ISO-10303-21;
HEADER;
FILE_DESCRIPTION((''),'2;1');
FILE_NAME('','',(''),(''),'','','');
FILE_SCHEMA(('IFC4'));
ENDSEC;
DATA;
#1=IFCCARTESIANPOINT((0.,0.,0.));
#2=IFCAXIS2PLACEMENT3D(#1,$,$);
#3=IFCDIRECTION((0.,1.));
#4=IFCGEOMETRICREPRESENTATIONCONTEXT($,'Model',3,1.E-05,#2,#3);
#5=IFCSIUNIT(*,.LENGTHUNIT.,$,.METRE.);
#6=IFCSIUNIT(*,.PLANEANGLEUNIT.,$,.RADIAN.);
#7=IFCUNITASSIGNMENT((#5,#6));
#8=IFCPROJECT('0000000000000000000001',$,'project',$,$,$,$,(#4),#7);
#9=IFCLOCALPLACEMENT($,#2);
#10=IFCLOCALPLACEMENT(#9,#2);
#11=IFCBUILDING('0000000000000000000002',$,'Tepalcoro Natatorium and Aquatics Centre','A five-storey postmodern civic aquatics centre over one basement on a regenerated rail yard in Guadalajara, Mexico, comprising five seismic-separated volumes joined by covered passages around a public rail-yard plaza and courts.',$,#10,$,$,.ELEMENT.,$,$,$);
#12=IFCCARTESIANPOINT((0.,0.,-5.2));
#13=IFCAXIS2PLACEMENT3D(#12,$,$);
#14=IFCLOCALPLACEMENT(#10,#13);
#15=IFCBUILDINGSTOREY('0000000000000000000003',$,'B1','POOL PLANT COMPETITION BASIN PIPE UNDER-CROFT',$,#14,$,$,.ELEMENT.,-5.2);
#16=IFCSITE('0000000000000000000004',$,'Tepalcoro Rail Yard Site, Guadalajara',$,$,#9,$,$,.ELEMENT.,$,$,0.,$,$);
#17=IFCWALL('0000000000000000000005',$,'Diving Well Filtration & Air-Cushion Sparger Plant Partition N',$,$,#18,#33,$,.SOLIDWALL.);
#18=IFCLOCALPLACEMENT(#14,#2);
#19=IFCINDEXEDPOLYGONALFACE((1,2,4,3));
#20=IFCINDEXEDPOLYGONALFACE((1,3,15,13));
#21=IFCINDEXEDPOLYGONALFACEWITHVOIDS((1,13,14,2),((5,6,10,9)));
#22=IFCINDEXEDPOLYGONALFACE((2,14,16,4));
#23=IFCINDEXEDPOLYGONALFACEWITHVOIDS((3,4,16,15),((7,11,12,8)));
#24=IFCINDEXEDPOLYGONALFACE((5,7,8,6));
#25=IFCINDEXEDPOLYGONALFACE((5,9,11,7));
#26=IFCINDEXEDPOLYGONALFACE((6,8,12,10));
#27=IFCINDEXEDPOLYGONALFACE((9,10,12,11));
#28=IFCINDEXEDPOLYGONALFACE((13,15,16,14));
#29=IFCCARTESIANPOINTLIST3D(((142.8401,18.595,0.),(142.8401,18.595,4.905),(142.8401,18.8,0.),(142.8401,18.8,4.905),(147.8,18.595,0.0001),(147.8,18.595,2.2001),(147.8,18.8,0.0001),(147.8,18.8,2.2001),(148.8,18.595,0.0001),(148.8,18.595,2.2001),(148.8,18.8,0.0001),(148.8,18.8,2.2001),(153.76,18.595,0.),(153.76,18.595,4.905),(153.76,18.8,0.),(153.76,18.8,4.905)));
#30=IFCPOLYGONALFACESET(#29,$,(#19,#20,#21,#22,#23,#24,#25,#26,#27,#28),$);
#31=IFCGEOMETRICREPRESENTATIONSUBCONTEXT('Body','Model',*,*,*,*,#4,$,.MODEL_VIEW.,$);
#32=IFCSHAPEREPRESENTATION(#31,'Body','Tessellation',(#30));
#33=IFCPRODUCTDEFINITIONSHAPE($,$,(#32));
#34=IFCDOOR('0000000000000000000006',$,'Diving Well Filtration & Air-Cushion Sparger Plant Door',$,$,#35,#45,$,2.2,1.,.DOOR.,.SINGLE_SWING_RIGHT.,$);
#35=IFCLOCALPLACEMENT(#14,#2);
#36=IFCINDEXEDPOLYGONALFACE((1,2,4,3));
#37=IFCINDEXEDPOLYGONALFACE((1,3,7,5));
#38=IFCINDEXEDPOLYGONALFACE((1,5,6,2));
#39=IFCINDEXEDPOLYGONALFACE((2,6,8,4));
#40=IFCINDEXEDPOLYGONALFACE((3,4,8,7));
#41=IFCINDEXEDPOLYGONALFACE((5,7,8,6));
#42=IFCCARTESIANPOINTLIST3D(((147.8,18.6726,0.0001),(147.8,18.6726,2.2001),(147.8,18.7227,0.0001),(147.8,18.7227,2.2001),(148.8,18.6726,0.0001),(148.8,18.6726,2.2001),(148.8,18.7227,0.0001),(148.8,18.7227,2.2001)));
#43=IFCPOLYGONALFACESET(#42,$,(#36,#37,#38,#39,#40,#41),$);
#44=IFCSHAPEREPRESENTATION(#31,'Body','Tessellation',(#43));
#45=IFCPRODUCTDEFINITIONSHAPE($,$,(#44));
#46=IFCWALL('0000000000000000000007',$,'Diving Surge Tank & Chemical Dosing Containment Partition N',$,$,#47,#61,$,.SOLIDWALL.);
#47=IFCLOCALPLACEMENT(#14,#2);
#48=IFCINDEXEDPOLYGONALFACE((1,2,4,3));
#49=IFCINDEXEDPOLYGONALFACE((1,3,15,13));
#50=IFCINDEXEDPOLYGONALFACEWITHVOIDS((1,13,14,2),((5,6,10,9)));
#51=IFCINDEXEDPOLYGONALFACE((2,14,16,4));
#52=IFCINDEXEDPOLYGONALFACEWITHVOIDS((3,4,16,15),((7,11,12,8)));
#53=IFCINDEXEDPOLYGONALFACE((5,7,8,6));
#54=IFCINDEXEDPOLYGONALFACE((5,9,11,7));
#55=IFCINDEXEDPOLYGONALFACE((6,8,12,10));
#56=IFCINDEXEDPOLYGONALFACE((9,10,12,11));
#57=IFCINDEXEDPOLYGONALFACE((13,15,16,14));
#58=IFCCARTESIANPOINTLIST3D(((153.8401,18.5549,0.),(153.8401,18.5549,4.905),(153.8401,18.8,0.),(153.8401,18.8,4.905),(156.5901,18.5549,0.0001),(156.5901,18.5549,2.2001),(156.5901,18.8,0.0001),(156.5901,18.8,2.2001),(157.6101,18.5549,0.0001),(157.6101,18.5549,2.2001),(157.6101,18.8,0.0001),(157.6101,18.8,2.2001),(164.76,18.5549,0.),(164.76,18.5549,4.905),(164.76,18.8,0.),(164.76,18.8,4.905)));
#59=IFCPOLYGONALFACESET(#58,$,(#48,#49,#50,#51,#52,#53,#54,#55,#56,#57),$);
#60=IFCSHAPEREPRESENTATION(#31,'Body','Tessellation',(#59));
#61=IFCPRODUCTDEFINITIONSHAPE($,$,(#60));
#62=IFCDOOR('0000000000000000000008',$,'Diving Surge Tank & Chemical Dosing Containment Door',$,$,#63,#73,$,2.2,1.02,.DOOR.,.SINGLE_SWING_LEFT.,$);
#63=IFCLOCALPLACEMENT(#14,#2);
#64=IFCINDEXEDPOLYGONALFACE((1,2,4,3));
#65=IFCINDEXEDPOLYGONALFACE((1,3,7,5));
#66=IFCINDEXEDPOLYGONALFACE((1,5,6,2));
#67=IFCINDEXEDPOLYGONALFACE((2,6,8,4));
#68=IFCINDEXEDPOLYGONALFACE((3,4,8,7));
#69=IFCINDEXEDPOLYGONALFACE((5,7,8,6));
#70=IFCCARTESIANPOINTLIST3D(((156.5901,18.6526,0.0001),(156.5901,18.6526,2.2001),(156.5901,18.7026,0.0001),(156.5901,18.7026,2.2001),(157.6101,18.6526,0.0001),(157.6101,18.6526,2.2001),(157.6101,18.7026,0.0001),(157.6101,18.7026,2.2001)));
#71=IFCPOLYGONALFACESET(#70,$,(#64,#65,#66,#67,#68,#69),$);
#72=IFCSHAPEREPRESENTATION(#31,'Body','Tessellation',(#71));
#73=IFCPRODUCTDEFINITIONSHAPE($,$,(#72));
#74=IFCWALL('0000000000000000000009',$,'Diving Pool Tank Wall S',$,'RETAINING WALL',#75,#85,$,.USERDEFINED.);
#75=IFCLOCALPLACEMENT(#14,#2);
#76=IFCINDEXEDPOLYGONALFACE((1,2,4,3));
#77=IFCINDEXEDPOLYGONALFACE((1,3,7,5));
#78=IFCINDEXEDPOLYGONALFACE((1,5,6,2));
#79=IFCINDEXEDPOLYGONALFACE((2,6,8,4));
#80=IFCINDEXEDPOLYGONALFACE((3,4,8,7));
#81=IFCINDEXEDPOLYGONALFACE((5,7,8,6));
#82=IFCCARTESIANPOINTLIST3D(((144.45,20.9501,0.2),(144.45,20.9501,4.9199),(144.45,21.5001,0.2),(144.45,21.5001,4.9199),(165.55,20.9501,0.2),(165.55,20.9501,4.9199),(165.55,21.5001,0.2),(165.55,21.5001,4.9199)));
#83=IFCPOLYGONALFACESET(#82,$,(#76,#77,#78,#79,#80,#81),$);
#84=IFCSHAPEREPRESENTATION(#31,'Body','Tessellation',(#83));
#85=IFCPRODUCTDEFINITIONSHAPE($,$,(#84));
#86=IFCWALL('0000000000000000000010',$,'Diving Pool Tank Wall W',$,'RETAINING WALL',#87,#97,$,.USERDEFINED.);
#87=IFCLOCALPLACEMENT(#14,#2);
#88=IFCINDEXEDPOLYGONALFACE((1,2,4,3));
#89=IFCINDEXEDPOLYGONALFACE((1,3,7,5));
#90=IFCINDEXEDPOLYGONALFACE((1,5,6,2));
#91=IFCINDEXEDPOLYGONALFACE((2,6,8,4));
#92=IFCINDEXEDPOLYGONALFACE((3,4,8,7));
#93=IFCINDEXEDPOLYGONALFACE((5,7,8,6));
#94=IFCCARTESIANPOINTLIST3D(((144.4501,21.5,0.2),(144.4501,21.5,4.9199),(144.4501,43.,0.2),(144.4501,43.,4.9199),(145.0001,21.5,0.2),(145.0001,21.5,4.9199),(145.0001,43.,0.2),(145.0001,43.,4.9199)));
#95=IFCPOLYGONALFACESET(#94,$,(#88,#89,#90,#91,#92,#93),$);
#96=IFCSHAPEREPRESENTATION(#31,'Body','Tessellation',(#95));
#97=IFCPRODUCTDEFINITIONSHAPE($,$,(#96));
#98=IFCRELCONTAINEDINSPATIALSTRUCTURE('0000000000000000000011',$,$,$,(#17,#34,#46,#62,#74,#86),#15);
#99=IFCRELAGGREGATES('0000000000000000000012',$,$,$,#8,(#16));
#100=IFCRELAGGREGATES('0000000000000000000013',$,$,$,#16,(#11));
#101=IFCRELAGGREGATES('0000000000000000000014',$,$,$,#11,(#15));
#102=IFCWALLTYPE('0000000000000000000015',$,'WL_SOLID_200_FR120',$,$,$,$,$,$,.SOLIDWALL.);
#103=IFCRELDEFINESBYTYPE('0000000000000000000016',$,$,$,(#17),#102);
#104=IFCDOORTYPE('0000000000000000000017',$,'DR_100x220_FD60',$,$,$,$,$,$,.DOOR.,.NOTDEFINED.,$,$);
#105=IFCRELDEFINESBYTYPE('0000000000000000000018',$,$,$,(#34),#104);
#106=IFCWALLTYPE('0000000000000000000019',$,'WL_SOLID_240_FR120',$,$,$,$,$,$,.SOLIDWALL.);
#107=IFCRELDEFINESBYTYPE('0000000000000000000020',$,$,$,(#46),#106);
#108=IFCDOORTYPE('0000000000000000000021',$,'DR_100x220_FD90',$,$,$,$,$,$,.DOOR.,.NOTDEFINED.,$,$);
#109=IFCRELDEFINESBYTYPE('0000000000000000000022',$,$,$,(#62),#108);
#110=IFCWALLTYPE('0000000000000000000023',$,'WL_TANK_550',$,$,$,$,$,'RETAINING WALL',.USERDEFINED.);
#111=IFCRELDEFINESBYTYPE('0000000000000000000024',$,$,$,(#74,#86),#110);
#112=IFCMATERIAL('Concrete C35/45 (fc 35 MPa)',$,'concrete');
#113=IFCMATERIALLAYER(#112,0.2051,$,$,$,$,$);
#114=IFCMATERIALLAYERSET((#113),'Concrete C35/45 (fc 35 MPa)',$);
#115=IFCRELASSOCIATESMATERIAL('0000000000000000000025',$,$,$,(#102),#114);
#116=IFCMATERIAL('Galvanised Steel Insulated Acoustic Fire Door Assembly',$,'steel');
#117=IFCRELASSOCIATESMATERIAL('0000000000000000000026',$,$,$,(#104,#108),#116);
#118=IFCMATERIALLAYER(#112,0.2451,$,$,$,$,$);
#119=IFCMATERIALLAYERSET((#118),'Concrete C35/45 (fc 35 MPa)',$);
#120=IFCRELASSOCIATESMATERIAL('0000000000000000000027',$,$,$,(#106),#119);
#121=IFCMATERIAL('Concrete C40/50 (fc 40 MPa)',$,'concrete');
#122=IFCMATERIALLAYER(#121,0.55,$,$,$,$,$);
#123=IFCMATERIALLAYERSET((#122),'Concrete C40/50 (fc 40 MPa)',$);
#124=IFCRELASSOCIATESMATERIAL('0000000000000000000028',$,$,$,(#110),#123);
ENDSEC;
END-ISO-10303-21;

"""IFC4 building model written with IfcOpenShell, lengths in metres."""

from ifc_helpers import new_model, si_unit, direction, frame, frame_2d, origin, place, context, subcontext, project, spatial, rectangle, extrude, material, layer, layer_set, type_object, element, fill, save


model = new_model("IFC4")

# Units and contexts
model_context = context("Model", 3, precision=1e-05, world=origin(), true_north=direction((0.0, 1.0)))
body_context = subcontext(model_context, "Body", "Model", "MODEL_VIEW")
ifc_project = project(units=[si_unit("LENGTHUNIT", "METRE"), si_unit("PLANEANGLEUNIT", "RADIAN")], contexts=[model_context])

# Site, building, storey
site_placement = place(None, origin())
site = spatial("IfcSite", under=ifc_project, at=site_placement, Name="Tepalcoro Rail Yard Site, Guadalajara", CompositionType="ELEMENT", RefElevation=0.0)
building_placement = place(site_placement, origin())
building = spatial("IfcBuilding", under=site, at=building_placement, Name="Tepalcoro Natatorium and Aquatics Centre", Description="A five-storey postmodern civic aquatics centre over one basement on a regenerated rail yard in Guadalajara, Mexico, comprising five seismic-separated volumes joined by covered passages around a public rail-yard plaza and courts.", CompositionType="ELEMENT")
storey_placement = place(building_placement, frame((0.0, 0.0, -5.2)))
storey = spatial("IfcBuildingStorey", under=building, at=storey_placement, Name="B1", Description="POOL PLANT COMPETITION BASIN PIPE UNDER-CROFT", CompositionType="ELEMENT", Elevation=-5.2)

# Shared definitions
ifc_material_1 = material(Name="Concrete C40/50 (fc 40 MPa)", Category="concrete")

# Walls, openings, doors
ifc_material_2 = material(Name="Concrete C35/45 (fc 35 MPa)", Category="concrete")
ifc_layer_1 = layer(ifc_material_2, 0.2051)
ifc_layer_set_1 = layer_set([ifc_layer_1], Name="Concrete C35/45 (fc 35 MPa)")
wall_type_1 = type_object("IfcWallType", Name="WL_SOLID_200_FR120", PredefinedType="SOLIDWALL", material=ifc_layer_set_1)
wall_1_placement = place(storey_placement, frame((142.8401, 18.6975, 0.0), z_axis=(0.0, 0.0, 1.0), x_axis=(1.0, 0.0, 0.0)))
wall_1 = element("IfcWall", 1, at=wall_1_placement, inside=storey, type_object=wall_type_1, Name="Diving Well Filtration & Air-Cushion Sparger Plant Partition N", PredefinedType="SOLIDWALL", context=body_context, shape_type="SweptSolid", body=[
    extrude(rectangle(XDim=10.9199, YDim=0.2051, at=frame_2d((5.46, 0.0))), origin(), (0.0, 0.0, 1.0), 4.905),
])
opening_1_placement = place(wall_1_placement, frame((4.96, 0.0, 0.0)))
opening_1 = element("IfcOpeningElement", 2, at=opening_1_placement, cuts=wall_1, PredefinedType="OPENING", context=body_context, shape_type="SweptSolid", body=[
    extrude(rectangle(XDim=1.0, YDim=2.2, at=frame_2d((0.5, 1.1001))), frame((0.0, 0.1145, 0.0), z_axis=(0.0, -1.0, 0.0), x_axis=(1.0, 0.0, 0.0)), (0.0, 0.0, 1.0), 0.229),
])
ifc_material_3 = material(Name="Galvanised Steel Insulated Acoustic Fire Door Assembly", Category="steel")
door_type_1 = type_object("IfcDoorType", Name="DR_100x220_FD60", OperationType="NOTDEFINED", PredefinedType="DOOR", material=ifc_material_3)
door_1_placement = place(opening_1_placement, frame((1.0, 0.0, 0.0), z_axis=(0.0, 0.0, 1.0), x_axis=(-1.0, 0.0, 0.0)))
door_1 = element("IfcDoor", 3, at=door_1_placement, inside=storey, type_object=door_type_1, Name="Diving Well Filtration & Air-Cushion Sparger Plant Door", OperationType="SINGLE_SWING_RIGHT", OverallHeight=2.2, OverallWidth=1.0, PredefinedType="DOOR", context=body_context, shape_type="SweptSolid", body=[
    extrude(rectangle(XDim=1.0, YDim=2.2, at=frame_2d((0.5, 1.1001))), frame((0.0, 0.0249, 0.0), z_axis=(0.0, -1.0, 0.0), x_axis=(1.0, 0.0, 0.0)), (0.0, 0.0, 1.0), 0.05),
])
fill(opening_1, door_1)
ifc_layer_2 = layer(ifc_material_2, 0.2451)
ifc_layer_set_2 = layer_set([ifc_layer_2], Name="Concrete C35/45 (fc 35 MPa)")
wall_type_2 = type_object("IfcWallType", Name="WL_SOLID_240_FR120", PredefinedType="SOLIDWALL", material=ifc_layer_set_2)
wall_2_placement = place(storey_placement, frame((153.8401, 18.6775, 0.0), z_axis=(0.0, 0.0, 1.0), x_axis=(1.0, 0.0, 0.0)))
wall_2 = element("IfcWall", 4, at=wall_2_placement, inside=storey, type_object=wall_type_2, Name="Diving Surge Tank & Chemical Dosing Containment Partition N", PredefinedType="SOLIDWALL", context=body_context, shape_type="SweptSolid", body=[
    extrude(rectangle(XDim=10.9199, YDim=0.2451, at=frame_2d((5.46, 0.0))), origin(), (0.0, 0.0, 1.0), 4.905),
])
opening_2_placement = place(wall_2_placement, frame((2.75, 0.0, 0.0)))
opening_2 = element("IfcOpeningElement", 5, at=opening_2_placement, cuts=wall_2, PredefinedType="OPENING", context=body_context, shape_type="SweptSolid", body=[
    extrude(rectangle(XDim=1.02, YDim=2.2, at=frame_2d((0.51, 1.1001))), frame((0.0, 0.1345, 0.0), z_axis=(0.0, -1.0, 0.0), x_axis=(1.0, 0.0, 0.0)), (0.0, 0.0, 1.0), 0.269),
])
door_type_2 = type_object("IfcDoorType", Name="DR_100x220_FD90", OperationType="NOTDEFINED", PredefinedType="DOOR", material=ifc_material_3)
door_2_placement = place(opening_2_placement, frame((1.02, 0.0, 0.0), z_axis=(0.0, 0.0, 1.0), x_axis=(-1.0, 0.0, 0.0)))
door_2 = element("IfcDoor", 6, at=door_2_placement, inside=storey, type_object=door_type_2, Name="Diving Surge Tank & Chemical Dosing Containment Door", OperationType="SINGLE_SWING_LEFT", OverallHeight=2.2, OverallWidth=1.02, PredefinedType="DOOR", context=body_context, shape_type="SweptSolid", body=[
    extrude(rectangle(XDim=1.02, YDim=2.2, at=frame_2d((0.51, 1.1001))), frame((0.0, 0.0249, 0.0), z_axis=(0.0, -1.0, 0.0), x_axis=(1.0, 0.0, 0.0)), (0.0, 0.0, 1.0), 0.05),
])
fill(opening_2, door_2)

# Walls
ifc_layer_3 = layer(ifc_material_1, 0.55)
ifc_layer_set_3 = layer_set([ifc_layer_3], Name="Concrete C40/50 (fc 40 MPa)")
wall_type_3 = type_object("IfcWallType", Name="WL_TANK_550", ElementType="RETAINING WALL", PredefinedType="USERDEFINED", material=ifc_layer_set_3)
wall_3_placement = place(storey_placement, frame((144.45, 21.2251, 0.2), z_axis=(0.0, 0.0, 1.0), x_axis=(1.0, 0.0, 0.0)))
element("IfcWall", 7, at=wall_3_placement, inside=storey, type_object=wall_type_3, Name="Diving Pool Tank Wall S", ObjectType="RETAINING WALL", PredefinedType="USERDEFINED", context=body_context, shape_type="SweptSolid", body=[
    extrude(rectangle(XDim=21.1001, YDim=0.55, at=frame_2d((10.55, 0.0))), origin(), (0.0, 0.0, 1.0), 4.72),
])
wall_4_placement = place(storey_placement, frame((144.7251, 21.5, 0.2), z_axis=(0.0, 0.0, 1.0), x_axis=(0.0, 1.0, 0.0)))
element("IfcWall", 8, at=wall_4_placement, inside=storey, type_object=wall_type_3, Name="Diving Pool Tank Wall W", ObjectType="RETAINING WALL", PredefinedType="USERDEFINED", context=body_context, shape_type="SweptSolid", body=[
    extrude(rectangle(XDim=21.5, YDim=0.55, at=frame_2d((10.75, 0.0))), origin(), (0.0, 0.0, 1.0), 4.72),
])

save(model, "model.ifc")
